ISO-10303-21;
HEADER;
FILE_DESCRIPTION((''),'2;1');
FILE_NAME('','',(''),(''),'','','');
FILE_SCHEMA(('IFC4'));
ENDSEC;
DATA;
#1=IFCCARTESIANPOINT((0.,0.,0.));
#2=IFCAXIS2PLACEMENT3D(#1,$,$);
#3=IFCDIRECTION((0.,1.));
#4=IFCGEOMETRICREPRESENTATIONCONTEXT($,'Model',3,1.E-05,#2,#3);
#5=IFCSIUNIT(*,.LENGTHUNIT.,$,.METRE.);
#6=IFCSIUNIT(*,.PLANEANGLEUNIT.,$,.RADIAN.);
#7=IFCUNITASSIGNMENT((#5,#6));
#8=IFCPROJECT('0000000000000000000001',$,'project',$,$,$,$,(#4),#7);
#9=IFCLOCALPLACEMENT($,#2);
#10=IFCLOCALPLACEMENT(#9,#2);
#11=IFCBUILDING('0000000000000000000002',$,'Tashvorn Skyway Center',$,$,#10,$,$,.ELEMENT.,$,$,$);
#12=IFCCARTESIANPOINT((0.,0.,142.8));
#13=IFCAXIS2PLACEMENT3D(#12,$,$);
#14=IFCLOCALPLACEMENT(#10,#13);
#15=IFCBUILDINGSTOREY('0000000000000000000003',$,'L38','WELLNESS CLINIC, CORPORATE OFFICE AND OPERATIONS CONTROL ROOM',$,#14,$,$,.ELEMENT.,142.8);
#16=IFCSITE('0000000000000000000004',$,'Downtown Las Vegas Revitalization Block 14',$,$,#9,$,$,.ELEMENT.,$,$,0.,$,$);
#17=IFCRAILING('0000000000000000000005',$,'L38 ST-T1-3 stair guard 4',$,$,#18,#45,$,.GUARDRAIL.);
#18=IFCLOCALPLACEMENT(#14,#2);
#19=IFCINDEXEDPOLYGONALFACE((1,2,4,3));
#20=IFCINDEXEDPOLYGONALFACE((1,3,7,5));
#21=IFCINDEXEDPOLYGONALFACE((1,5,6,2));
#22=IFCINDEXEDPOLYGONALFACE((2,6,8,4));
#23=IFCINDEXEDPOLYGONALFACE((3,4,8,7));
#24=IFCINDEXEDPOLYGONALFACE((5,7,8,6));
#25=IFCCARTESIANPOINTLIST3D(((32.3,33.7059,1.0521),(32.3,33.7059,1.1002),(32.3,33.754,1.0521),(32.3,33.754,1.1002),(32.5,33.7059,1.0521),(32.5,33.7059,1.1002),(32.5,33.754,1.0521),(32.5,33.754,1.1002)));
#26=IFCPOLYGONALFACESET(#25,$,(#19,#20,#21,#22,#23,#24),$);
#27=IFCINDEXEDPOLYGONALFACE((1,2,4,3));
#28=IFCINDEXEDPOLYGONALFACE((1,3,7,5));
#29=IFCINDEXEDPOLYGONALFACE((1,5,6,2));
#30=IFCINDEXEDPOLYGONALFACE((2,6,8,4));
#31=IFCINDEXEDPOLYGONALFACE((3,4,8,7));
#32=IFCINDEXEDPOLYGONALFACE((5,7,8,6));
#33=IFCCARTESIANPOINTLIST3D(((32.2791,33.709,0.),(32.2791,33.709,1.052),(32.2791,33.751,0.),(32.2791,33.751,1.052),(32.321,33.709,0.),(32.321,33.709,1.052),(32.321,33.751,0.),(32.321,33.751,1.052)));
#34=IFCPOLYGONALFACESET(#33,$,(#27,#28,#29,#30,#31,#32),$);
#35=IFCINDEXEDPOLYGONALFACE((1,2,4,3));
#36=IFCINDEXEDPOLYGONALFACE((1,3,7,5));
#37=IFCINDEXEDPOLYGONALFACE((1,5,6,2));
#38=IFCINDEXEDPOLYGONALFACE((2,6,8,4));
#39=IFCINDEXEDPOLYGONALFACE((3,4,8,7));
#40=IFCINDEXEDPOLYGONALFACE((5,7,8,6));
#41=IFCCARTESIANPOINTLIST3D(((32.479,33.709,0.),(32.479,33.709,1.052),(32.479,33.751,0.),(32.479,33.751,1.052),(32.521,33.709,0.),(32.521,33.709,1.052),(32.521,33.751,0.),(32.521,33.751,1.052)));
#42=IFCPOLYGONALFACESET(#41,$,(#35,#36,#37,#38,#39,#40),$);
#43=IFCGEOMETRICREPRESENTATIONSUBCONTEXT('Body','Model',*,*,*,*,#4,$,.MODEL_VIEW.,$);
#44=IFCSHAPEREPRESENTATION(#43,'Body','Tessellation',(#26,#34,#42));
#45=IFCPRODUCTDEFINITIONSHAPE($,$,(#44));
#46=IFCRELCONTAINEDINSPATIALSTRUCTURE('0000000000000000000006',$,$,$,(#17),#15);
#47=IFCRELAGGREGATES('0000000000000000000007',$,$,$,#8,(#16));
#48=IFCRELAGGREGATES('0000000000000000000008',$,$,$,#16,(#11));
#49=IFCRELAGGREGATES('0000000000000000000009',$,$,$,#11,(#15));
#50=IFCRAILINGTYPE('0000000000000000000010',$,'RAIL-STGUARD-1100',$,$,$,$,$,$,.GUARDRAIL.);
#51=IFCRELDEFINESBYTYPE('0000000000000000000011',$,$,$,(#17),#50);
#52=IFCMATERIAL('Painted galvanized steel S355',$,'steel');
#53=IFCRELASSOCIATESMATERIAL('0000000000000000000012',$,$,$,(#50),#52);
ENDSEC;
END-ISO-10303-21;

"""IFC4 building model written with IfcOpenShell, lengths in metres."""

from ifc_helpers import new_model, si_unit, direction, frame, origin, origin_2d, place, context, subcontext, project, spatial, rectangle, extrude, material, type_object, element, save


model = new_model("IFC4")

# Units and contexts
model_context = context("Model", 3, precision=1e-05, world=origin(), true_north=direction((0.0, 1.0)))
body_context = subcontext(model_context, "Body", "Model", "MODEL_VIEW")
ifc_project = project(units=[si_unit("LENGTHUNIT", "METRE"), si_unit("PLANEANGLEUNIT", "RADIAN")], contexts=[model_context])

# Site, building, storey
site_placement = place(None, origin())
site = spatial("IfcSite", under=ifc_project, at=site_placement, Name="Downtown Las Vegas Revitalization Block 14", CompositionType="ELEMENT", RefElevation=0.0)
building_placement = place(site_placement, origin())
building = spatial("IfcBuilding", under=site, at=building_placement, Name="Tashvorn Skyway Center", CompositionType="ELEMENT")
storey_placement = place(building_placement, frame((0.0, 0.0, 142.8)))
storey = spatial("IfcBuildingStorey", under=building, at=storey_placement, Name="L38", Description="WELLNESS CLINIC, CORPORATE OFFICE AND OPERATIONS CONTROL ROOM", CompositionType="ELEMENT", Elevation=142.8)

# Railing
ifc_material_1 = material(Name="Painted galvanized steel S355", Category="steel")
railing_type_1 = type_object("IfcRailingType", Name="RAIL-STGUARD-1100", PredefinedType="GUARDRAIL", material=ifc_material_1)
railing_1_placement = place(storey_placement, frame((32.3, 33.73, 0.0)))
element("IfcRailing", 1, at=railing_1_placement, inside=storey, type_object=railing_type_1, Name="L38 ST-T1-3 stair guard 4", PredefinedType="GUARDRAIL", context=body_context, shape_type="SweptSolid", body=[
    extrude(rectangle(XDim=0.0481, YDim=0.0481, at=origin_2d()), frame((0.0, 0.0, 1.0762), z_axis=(1.0, 0.0, 0.0), x_axis=(0.0, 1.0, 0.0)), (0.0, 0.0, 1.0), 0.2),
    extrude(rectangle(XDim=0.042, YDim=0.042, at=origin_2d()), origin(), (0.0, 0.0, 1.0), 1.052),
    extrude(rectangle(XDim=0.042, YDim=0.042, at=origin_2d()), frame((0.2, 0.0, 0.0)), (0.0, 0.0, 1.0), 1.052),
])

save(model, "model.ifc")
